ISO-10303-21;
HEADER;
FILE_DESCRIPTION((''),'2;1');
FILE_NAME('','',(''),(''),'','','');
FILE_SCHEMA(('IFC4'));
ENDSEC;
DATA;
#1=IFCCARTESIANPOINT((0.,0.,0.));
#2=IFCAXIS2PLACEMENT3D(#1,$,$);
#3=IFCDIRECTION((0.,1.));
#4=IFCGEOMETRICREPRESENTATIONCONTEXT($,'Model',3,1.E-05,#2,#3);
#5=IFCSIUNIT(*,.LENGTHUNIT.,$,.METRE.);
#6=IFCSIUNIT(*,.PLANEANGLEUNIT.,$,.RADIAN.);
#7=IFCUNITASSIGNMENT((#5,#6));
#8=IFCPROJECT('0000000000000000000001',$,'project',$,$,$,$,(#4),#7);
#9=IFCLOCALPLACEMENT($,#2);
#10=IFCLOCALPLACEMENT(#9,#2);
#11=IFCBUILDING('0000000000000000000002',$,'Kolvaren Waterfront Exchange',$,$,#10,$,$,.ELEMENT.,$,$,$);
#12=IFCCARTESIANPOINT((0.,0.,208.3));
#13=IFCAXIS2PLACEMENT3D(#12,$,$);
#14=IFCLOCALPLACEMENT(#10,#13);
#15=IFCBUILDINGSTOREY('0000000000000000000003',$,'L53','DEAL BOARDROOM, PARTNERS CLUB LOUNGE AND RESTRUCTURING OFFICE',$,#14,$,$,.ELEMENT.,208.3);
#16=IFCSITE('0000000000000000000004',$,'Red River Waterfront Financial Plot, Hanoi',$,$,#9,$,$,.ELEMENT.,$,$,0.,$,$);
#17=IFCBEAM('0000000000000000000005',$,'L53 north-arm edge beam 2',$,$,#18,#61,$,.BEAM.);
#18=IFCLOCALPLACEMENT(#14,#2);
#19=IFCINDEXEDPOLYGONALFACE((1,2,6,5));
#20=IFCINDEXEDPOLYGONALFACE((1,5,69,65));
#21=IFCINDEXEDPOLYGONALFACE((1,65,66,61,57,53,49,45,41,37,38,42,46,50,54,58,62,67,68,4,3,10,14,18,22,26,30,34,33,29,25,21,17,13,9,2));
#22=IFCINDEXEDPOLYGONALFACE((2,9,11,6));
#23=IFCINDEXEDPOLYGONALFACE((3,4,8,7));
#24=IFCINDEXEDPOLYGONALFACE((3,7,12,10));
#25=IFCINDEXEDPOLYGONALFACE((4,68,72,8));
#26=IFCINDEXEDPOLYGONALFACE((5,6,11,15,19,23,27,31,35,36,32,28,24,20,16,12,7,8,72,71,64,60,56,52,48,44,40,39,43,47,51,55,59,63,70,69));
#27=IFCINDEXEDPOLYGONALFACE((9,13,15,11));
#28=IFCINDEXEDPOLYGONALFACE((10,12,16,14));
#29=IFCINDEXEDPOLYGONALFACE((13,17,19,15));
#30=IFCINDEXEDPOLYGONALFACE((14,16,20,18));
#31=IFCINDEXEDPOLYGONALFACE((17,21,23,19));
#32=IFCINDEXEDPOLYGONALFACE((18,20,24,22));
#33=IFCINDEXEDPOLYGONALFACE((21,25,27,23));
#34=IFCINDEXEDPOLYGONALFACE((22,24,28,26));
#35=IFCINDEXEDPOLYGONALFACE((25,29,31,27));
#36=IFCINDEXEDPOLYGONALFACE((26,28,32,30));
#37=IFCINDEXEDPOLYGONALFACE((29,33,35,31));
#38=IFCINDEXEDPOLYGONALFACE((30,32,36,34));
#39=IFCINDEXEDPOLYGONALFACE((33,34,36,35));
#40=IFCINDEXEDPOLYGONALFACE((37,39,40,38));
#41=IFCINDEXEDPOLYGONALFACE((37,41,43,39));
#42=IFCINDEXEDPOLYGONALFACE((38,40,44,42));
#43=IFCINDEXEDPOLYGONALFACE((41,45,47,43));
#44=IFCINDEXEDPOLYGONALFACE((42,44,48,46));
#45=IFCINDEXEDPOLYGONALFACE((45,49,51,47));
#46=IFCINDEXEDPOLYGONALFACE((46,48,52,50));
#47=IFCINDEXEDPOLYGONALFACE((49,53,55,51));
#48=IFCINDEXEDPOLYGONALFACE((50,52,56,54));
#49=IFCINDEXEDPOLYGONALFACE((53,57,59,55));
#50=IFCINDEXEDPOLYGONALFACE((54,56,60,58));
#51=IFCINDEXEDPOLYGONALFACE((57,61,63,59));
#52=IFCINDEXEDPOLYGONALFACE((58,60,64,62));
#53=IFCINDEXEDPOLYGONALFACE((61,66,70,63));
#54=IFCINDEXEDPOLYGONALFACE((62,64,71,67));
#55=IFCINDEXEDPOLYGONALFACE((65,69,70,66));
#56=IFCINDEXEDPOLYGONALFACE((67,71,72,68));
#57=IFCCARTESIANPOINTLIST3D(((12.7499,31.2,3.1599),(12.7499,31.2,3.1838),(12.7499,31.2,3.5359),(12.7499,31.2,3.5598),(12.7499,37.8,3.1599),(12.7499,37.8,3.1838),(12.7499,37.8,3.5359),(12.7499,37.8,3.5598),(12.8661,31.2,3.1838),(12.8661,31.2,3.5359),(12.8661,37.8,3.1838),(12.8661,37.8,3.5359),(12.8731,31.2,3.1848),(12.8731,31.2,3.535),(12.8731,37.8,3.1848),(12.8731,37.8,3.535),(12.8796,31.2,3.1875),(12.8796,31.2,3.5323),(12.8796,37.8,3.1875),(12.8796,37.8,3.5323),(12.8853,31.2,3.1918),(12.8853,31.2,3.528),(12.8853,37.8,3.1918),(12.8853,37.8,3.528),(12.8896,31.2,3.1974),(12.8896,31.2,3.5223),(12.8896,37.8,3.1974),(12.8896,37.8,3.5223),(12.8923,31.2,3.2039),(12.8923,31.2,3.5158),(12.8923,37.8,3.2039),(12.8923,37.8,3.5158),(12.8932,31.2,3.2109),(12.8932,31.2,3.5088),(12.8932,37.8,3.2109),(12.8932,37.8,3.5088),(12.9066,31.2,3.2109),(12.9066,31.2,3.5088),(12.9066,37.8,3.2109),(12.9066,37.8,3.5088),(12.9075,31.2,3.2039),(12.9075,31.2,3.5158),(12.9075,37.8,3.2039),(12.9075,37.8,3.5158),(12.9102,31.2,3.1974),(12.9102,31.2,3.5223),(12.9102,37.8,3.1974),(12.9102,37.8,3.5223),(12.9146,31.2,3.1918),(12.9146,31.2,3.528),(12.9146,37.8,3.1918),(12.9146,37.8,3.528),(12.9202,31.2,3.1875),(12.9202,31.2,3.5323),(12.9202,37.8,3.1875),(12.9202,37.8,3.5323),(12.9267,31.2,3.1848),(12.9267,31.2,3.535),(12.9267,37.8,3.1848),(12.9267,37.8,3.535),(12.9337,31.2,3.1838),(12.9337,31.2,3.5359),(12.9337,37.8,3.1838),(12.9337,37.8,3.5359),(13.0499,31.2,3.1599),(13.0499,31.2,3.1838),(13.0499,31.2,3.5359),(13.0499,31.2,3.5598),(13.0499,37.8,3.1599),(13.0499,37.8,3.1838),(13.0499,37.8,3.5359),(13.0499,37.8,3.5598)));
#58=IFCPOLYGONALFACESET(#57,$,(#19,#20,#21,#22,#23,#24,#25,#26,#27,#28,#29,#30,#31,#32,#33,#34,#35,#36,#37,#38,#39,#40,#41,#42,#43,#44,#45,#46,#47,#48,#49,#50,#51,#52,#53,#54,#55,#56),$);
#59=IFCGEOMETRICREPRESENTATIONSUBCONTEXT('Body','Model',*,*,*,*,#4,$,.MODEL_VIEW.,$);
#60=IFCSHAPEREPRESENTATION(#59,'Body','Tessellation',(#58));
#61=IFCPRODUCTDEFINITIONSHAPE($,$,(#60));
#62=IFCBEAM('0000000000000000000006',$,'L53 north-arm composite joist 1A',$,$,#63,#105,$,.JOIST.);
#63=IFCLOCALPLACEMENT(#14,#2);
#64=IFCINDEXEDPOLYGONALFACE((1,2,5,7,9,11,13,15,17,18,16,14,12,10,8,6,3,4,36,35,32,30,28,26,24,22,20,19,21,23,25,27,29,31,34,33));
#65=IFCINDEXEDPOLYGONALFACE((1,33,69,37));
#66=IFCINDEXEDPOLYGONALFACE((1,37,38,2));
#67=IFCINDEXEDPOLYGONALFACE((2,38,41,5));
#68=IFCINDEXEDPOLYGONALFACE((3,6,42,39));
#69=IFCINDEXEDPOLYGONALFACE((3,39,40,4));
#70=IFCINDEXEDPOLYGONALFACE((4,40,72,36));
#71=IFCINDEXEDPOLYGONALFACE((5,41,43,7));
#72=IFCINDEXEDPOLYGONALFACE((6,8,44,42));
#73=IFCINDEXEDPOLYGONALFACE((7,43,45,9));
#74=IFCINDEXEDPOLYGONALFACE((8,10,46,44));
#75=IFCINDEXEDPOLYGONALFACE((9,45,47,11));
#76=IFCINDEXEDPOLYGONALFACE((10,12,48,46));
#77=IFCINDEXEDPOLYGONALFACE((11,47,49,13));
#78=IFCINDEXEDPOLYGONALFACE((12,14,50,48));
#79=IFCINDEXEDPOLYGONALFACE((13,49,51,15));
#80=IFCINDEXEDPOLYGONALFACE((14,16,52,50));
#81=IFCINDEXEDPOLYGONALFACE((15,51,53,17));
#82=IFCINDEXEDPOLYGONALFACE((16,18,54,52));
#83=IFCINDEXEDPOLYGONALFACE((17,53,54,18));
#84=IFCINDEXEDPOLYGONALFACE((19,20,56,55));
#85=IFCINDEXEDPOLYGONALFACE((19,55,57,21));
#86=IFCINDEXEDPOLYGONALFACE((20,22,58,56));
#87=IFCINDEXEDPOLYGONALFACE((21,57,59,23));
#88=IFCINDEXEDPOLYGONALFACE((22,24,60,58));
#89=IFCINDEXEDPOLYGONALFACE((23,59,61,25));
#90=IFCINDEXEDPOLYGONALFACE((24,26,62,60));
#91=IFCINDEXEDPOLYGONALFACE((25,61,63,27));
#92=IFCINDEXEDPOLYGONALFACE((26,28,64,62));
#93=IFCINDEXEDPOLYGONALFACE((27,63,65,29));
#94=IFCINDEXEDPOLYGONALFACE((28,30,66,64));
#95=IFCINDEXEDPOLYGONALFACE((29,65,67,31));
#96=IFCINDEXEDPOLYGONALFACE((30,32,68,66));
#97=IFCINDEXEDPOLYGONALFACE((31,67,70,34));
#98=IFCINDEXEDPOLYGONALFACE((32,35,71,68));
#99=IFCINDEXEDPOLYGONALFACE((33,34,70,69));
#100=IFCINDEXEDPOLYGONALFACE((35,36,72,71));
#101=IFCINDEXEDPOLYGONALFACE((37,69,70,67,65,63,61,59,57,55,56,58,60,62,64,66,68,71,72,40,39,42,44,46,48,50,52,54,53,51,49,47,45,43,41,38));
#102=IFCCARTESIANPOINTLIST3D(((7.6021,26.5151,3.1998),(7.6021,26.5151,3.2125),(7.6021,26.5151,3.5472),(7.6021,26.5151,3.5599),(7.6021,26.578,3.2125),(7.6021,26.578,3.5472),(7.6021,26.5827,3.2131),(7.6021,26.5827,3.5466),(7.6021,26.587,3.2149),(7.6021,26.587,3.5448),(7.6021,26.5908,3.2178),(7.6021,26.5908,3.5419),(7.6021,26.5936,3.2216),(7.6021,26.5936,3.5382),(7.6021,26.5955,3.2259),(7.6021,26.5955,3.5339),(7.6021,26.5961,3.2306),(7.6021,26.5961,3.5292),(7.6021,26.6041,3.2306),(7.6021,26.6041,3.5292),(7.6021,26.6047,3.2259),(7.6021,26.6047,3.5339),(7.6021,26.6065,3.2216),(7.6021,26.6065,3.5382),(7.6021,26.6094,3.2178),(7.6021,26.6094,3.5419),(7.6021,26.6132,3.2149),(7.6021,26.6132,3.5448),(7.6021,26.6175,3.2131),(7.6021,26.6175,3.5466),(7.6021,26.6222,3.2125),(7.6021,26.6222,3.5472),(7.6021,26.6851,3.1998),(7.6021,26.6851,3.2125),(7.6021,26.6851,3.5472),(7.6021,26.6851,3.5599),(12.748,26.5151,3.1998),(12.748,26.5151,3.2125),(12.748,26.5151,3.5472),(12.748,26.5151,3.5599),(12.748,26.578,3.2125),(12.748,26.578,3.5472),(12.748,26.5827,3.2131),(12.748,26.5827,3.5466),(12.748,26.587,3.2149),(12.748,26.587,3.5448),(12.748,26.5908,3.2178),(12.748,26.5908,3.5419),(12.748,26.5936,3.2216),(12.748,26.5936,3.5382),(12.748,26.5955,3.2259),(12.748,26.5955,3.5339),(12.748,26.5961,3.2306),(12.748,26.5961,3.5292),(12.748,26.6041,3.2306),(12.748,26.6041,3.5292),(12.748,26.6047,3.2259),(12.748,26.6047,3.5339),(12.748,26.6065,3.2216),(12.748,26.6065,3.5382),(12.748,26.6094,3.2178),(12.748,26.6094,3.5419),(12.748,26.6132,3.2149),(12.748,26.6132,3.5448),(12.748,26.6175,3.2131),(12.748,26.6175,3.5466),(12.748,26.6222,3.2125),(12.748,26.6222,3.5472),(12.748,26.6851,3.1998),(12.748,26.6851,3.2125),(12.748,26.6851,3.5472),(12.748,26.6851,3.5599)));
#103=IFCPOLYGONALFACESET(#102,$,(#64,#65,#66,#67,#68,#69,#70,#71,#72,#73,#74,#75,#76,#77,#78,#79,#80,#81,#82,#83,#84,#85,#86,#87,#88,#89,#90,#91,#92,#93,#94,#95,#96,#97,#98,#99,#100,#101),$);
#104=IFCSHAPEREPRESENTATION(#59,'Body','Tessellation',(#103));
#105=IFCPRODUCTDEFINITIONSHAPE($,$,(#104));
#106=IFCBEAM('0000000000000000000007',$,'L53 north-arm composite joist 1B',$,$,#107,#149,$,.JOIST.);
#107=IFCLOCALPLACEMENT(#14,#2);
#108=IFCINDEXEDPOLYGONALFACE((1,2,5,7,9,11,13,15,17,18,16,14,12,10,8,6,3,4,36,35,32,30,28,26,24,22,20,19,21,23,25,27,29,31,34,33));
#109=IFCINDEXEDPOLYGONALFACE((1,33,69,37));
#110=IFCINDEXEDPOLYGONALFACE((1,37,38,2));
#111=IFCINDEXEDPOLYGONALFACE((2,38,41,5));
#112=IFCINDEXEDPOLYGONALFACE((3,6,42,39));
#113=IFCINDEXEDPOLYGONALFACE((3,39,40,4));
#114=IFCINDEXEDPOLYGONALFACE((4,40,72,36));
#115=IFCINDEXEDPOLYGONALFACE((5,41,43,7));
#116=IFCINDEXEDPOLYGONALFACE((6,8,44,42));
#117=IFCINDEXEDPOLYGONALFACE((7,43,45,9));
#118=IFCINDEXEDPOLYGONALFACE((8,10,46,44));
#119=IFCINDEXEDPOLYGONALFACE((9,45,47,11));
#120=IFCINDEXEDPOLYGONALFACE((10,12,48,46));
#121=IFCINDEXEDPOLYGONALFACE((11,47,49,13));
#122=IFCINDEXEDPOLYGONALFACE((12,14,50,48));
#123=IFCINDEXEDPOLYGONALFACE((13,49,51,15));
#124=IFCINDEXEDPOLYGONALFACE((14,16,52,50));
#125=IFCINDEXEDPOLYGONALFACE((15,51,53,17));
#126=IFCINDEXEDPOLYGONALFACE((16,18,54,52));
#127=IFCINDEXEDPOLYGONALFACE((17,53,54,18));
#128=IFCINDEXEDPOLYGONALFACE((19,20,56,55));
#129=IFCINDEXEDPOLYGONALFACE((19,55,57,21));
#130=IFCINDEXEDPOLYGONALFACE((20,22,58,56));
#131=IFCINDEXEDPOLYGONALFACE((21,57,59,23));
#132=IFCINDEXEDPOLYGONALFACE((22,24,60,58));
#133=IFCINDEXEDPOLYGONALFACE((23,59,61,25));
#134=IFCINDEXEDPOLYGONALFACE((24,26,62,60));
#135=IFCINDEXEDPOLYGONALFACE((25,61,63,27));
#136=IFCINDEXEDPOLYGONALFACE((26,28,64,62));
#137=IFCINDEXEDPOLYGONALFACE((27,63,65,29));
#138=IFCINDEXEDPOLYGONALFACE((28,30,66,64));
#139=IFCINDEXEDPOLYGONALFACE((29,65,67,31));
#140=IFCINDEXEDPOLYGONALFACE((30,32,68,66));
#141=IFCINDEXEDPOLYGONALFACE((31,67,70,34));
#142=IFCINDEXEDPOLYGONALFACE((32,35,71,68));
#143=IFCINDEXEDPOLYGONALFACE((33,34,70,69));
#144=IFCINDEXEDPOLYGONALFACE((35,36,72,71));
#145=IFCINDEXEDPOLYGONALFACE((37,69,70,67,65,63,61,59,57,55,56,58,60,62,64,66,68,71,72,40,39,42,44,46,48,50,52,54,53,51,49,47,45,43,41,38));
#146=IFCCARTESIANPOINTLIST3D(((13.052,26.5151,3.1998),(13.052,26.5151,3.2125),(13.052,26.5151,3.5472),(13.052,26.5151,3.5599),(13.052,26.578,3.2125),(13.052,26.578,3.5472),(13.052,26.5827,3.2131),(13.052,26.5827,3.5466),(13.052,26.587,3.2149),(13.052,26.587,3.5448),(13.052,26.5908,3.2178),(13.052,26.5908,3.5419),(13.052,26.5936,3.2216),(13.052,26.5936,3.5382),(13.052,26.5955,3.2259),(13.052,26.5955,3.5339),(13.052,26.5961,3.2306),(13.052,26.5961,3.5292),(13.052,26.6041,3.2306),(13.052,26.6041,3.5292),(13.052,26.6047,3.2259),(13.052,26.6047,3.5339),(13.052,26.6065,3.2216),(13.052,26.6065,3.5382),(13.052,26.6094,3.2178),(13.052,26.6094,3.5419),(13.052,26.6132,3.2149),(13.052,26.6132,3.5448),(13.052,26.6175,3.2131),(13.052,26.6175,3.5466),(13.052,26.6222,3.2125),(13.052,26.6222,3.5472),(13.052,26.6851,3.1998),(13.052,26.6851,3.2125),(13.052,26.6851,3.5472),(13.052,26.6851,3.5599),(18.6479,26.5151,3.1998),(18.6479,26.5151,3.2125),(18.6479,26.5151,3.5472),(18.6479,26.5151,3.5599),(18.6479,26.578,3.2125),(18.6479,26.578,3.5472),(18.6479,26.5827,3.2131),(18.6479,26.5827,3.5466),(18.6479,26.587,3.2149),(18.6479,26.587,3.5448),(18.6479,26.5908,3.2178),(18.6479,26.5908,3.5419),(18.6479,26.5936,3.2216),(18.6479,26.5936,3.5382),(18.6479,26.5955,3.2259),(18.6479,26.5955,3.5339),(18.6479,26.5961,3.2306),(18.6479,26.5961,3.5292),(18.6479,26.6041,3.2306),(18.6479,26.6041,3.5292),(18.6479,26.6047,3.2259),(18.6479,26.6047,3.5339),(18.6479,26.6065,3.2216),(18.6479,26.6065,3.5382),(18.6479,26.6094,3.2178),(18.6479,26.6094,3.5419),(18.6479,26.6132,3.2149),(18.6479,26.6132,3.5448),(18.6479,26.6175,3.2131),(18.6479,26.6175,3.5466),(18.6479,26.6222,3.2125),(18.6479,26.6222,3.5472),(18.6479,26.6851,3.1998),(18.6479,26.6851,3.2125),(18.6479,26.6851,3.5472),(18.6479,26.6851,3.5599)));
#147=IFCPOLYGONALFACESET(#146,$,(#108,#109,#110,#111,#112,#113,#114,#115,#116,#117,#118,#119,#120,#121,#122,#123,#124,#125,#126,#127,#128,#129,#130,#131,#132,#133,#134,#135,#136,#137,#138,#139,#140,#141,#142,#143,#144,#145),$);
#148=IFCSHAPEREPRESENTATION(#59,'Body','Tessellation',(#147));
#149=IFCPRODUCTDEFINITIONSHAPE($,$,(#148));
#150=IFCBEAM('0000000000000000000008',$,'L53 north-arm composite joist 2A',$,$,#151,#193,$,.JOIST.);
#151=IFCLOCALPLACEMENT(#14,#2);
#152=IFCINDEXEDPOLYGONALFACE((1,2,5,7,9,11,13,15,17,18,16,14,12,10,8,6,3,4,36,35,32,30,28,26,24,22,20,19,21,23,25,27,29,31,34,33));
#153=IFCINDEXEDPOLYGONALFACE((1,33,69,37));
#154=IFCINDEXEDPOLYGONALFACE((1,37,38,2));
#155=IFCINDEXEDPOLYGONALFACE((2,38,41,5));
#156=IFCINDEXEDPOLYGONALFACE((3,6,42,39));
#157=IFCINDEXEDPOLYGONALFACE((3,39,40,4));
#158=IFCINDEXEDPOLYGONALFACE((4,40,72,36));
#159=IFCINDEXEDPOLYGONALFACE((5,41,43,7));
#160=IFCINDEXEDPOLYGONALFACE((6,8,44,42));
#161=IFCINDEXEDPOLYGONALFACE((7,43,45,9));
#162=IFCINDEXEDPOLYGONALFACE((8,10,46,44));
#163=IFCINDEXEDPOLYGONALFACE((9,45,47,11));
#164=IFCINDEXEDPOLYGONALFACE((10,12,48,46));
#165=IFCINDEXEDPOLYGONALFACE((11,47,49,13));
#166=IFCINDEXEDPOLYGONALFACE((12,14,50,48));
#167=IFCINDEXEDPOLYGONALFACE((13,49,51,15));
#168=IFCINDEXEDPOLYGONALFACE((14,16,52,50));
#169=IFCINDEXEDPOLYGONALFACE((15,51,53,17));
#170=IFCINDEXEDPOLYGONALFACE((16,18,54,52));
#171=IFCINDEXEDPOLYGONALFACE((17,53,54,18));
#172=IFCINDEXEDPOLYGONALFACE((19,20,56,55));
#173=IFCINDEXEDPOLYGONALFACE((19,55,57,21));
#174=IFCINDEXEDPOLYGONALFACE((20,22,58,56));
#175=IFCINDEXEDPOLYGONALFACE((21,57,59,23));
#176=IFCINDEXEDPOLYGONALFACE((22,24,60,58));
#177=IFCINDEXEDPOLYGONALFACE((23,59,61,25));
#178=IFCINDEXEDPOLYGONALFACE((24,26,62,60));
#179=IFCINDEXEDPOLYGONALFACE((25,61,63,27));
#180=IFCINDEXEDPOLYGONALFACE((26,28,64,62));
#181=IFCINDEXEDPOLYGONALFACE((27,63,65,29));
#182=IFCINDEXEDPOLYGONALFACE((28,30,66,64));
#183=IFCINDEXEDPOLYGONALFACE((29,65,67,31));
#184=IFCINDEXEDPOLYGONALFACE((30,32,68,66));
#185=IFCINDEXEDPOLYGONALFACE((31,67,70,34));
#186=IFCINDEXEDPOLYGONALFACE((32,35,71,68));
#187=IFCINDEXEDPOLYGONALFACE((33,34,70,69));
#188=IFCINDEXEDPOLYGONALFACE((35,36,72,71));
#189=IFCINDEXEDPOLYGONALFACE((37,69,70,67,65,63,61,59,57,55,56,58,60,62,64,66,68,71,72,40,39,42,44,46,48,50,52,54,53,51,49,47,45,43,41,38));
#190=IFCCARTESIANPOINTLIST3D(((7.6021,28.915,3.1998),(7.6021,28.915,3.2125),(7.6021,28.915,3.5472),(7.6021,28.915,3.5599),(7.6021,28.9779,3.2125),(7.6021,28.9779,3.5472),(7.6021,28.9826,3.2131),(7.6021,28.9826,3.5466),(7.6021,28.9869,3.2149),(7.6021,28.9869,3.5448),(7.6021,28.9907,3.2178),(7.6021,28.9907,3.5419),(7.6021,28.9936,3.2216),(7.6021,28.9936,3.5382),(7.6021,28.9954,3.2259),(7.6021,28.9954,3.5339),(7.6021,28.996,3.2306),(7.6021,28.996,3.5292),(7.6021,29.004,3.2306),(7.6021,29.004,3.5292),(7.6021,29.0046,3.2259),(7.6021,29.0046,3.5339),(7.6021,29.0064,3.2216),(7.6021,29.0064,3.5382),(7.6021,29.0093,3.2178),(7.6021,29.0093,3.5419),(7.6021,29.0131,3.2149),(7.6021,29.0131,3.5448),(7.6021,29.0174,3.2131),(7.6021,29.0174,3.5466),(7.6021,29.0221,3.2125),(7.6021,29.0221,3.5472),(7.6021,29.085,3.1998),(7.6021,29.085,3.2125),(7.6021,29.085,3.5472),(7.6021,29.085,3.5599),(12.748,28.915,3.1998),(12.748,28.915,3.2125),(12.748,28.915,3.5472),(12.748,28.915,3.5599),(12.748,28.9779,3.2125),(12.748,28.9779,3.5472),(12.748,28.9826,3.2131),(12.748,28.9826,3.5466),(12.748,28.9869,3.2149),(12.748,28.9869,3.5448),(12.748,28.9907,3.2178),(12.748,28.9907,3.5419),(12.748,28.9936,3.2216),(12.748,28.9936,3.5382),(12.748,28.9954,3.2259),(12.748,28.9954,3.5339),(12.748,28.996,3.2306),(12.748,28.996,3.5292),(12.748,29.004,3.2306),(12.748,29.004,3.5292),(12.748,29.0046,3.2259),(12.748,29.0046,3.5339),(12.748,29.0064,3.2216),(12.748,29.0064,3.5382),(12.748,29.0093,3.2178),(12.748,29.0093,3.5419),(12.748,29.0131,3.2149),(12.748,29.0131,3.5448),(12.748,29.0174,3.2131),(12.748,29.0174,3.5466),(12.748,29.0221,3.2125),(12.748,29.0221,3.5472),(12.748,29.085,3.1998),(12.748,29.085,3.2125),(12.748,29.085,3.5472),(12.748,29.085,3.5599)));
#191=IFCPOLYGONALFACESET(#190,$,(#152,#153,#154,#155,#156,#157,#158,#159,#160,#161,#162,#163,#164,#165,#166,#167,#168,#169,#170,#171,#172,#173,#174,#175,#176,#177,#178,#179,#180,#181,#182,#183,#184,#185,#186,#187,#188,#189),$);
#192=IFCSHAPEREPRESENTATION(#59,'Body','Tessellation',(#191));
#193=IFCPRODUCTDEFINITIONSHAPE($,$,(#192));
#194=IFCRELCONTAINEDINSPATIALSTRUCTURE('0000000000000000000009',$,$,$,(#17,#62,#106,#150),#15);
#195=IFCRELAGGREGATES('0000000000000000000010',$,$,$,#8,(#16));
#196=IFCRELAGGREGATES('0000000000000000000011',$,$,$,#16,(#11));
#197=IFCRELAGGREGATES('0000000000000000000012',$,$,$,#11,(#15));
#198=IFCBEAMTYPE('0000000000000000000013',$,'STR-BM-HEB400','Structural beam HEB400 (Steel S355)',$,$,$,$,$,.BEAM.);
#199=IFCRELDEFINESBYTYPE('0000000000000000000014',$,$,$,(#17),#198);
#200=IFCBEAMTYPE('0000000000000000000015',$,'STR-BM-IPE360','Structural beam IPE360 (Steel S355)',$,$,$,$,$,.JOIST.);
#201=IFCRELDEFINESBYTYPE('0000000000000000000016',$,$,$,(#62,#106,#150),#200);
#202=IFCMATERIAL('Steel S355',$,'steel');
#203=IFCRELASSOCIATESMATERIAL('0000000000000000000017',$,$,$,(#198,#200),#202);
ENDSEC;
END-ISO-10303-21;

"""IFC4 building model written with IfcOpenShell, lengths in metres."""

from ifc_helpers import new_model, si_unit, direction, frame, origin, origin_2d, place, context, subcontext, project, spatial, i_section, extrude, material, material_profile, profile_set, type_object, element, save


model = new_model("IFC4")

# Units and contexts
model_context = context("Model", 3, precision=1e-05, world=origin(), true_north=direction((0.0, 1.0)))
body_context = subcontext(model_context, "Body", "Model", "MODEL_VIEW")
ifc_project = project(units=[si_unit("LENGTHUNIT", "METRE"), si_unit("PLANEANGLEUNIT", "RADIAN")], contexts=[model_context])

# Site, building, storey
site_placement = place(None, origin())
site = spatial("IfcSite", under=ifc_project, at=site_placement, Name="Red River Waterfront Financial Plot, Hanoi", CompositionType="ELEMENT", RefElevation=0.0)
building_placement = place(site_placement, origin())
building = spatial("IfcBuilding", under=site, at=building_placement, Name="Kolvaren Waterfront Exchange", CompositionType="ELEMENT")
storey_placement = place(building_placement, frame((0.0, 0.0, 208.3)))
storey = spatial("IfcBuildingStorey", under=building, at=storey_placement, Name="L53", Description="DEAL BOARDROOM, PARTNERS CLUB LOUNGE AND RESTRUCTURING OFFICE", CompositionType="ELEMENT", Elevation=208.3)

# Beams
ifc_material_1 = material(Name="Steel S355", Category="steel")
ifc_material_profile_1 = material_profile(ifc_material_1, i_section(OverallWidth=0.3, OverallDepth=0.3999, WebThickness=0.0134, FlangeThickness=0.0239, FilletRadius=0.0271, at=origin_2d()), Name="HEB400")
ifc_profile_set_1 = profile_set([ifc_material_profile_1], Name="Steel S355")
beam_type_1 = type_object("IfcBeamType", Name="STR-BM-HEB400", Description="Structural beam HEB400 (Steel S355)", PredefinedType="BEAM", material=ifc_profile_set_1)
beam_1_placement = place(storey_placement, frame((12.8999, 31.2, 3.3599), z_axis=(0.0, 1.0, 0.0), x_axis=(-1.0, 0.0, 0.0)))
element("IfcBeam", 1, at=beam_1_placement, inside=storey, type_object=beam_type_1, Name="L53 north-arm edge beam 2", PredefinedType="BEAM", context=body_context, shape_type="SweptSolid", body=[
    extrude(i_section(OverallWidth=0.3, OverallDepth=0.3999, WebThickness=0.0134, FlangeThickness=0.0239, FilletRadius=0.0271, at=origin_2d()), origin(), (0.0, 0.0, 1.0), 6.6001),
])
ifc_material_profile_2 = material_profile(ifc_material_1, i_section(OverallWidth=0.1699, OverallDepth=0.3601, WebThickness=0.0081, FlangeThickness=0.0127, FilletRadius=0.0181, at=origin_2d()), Name="IPE360")
ifc_profile_set_2 = profile_set([ifc_material_profile_2], Name="Steel S355")
beam_type_2 = type_object("IfcBeamType", Name="STR-BM-IPE360", Description="Structural beam IPE360 (Steel S355)", PredefinedType="JOIST", material=ifc_profile_set_2)
beam_2_placement = place(storey_placement, frame((7.6021, 26.6001, 3.3799), z_axis=(1.0, 0.0, 0.0), x_axis=(0.0, 1.0, 0.0)))
element("IfcBeam", 2, at=beam_2_placement, inside=storey, type_object=beam_type_2, Name="L53 north-arm composite joist 1A", PredefinedType="JOIST", context=body_context, shape_type="SweptSolid", body=[
    extrude(i_section(OverallWidth=0.1699, OverallDepth=0.3601, WebThickness=0.0081, FlangeThickness=0.0127, FilletRadius=0.0181, at=origin_2d()), origin(), (0.0, 0.0, 1.0), 5.146),
])
beam_3_placement = place(storey_placement, frame((13.052, 26.6001, 3.3799), z_axis=(1.0, 0.0, 0.0), x_axis=(0.0, 1.0, 0.0)))
element("IfcBeam", 3, at=beam_3_placement, inside=storey, type_object=beam_type_2, Name="L53 north-arm composite joist 1B", PredefinedType="JOIST", context=body_context, shape_type="SweptSolid", body=[
    extrude(i_section(OverallWidth=0.1699, OverallDepth=0.3601, WebThickness=0.0081, FlangeThickness=0.0127, FilletRadius=0.0181, at=origin_2d()), origin(), (0.0, 0.0, 1.0), 5.5959),
])
beam_4_placement = place(storey_placement, frame((7.6021, 29.0, 3.3799), z_axis=(1.0, 0.0, 0.0), x_axis=(0.0, 1.0, 0.0)))
element("IfcBeam", 4, at=beam_4_placement, inside=storey, type_object=beam_type_2, Name="L53 north-arm composite joist 2A", PredefinedType="JOIST", context=body_context, shape_type="SweptSolid", body=[
    extrude(i_section(OverallWidth=0.1699, OverallDepth=0.3601, WebThickness=0.0081, FlangeThickness=0.0127, FilletRadius=0.0181, at=origin_2d()), origin(), (0.0, 0.0, 1.0), 5.146),
])

save(model, "model.ifc")
